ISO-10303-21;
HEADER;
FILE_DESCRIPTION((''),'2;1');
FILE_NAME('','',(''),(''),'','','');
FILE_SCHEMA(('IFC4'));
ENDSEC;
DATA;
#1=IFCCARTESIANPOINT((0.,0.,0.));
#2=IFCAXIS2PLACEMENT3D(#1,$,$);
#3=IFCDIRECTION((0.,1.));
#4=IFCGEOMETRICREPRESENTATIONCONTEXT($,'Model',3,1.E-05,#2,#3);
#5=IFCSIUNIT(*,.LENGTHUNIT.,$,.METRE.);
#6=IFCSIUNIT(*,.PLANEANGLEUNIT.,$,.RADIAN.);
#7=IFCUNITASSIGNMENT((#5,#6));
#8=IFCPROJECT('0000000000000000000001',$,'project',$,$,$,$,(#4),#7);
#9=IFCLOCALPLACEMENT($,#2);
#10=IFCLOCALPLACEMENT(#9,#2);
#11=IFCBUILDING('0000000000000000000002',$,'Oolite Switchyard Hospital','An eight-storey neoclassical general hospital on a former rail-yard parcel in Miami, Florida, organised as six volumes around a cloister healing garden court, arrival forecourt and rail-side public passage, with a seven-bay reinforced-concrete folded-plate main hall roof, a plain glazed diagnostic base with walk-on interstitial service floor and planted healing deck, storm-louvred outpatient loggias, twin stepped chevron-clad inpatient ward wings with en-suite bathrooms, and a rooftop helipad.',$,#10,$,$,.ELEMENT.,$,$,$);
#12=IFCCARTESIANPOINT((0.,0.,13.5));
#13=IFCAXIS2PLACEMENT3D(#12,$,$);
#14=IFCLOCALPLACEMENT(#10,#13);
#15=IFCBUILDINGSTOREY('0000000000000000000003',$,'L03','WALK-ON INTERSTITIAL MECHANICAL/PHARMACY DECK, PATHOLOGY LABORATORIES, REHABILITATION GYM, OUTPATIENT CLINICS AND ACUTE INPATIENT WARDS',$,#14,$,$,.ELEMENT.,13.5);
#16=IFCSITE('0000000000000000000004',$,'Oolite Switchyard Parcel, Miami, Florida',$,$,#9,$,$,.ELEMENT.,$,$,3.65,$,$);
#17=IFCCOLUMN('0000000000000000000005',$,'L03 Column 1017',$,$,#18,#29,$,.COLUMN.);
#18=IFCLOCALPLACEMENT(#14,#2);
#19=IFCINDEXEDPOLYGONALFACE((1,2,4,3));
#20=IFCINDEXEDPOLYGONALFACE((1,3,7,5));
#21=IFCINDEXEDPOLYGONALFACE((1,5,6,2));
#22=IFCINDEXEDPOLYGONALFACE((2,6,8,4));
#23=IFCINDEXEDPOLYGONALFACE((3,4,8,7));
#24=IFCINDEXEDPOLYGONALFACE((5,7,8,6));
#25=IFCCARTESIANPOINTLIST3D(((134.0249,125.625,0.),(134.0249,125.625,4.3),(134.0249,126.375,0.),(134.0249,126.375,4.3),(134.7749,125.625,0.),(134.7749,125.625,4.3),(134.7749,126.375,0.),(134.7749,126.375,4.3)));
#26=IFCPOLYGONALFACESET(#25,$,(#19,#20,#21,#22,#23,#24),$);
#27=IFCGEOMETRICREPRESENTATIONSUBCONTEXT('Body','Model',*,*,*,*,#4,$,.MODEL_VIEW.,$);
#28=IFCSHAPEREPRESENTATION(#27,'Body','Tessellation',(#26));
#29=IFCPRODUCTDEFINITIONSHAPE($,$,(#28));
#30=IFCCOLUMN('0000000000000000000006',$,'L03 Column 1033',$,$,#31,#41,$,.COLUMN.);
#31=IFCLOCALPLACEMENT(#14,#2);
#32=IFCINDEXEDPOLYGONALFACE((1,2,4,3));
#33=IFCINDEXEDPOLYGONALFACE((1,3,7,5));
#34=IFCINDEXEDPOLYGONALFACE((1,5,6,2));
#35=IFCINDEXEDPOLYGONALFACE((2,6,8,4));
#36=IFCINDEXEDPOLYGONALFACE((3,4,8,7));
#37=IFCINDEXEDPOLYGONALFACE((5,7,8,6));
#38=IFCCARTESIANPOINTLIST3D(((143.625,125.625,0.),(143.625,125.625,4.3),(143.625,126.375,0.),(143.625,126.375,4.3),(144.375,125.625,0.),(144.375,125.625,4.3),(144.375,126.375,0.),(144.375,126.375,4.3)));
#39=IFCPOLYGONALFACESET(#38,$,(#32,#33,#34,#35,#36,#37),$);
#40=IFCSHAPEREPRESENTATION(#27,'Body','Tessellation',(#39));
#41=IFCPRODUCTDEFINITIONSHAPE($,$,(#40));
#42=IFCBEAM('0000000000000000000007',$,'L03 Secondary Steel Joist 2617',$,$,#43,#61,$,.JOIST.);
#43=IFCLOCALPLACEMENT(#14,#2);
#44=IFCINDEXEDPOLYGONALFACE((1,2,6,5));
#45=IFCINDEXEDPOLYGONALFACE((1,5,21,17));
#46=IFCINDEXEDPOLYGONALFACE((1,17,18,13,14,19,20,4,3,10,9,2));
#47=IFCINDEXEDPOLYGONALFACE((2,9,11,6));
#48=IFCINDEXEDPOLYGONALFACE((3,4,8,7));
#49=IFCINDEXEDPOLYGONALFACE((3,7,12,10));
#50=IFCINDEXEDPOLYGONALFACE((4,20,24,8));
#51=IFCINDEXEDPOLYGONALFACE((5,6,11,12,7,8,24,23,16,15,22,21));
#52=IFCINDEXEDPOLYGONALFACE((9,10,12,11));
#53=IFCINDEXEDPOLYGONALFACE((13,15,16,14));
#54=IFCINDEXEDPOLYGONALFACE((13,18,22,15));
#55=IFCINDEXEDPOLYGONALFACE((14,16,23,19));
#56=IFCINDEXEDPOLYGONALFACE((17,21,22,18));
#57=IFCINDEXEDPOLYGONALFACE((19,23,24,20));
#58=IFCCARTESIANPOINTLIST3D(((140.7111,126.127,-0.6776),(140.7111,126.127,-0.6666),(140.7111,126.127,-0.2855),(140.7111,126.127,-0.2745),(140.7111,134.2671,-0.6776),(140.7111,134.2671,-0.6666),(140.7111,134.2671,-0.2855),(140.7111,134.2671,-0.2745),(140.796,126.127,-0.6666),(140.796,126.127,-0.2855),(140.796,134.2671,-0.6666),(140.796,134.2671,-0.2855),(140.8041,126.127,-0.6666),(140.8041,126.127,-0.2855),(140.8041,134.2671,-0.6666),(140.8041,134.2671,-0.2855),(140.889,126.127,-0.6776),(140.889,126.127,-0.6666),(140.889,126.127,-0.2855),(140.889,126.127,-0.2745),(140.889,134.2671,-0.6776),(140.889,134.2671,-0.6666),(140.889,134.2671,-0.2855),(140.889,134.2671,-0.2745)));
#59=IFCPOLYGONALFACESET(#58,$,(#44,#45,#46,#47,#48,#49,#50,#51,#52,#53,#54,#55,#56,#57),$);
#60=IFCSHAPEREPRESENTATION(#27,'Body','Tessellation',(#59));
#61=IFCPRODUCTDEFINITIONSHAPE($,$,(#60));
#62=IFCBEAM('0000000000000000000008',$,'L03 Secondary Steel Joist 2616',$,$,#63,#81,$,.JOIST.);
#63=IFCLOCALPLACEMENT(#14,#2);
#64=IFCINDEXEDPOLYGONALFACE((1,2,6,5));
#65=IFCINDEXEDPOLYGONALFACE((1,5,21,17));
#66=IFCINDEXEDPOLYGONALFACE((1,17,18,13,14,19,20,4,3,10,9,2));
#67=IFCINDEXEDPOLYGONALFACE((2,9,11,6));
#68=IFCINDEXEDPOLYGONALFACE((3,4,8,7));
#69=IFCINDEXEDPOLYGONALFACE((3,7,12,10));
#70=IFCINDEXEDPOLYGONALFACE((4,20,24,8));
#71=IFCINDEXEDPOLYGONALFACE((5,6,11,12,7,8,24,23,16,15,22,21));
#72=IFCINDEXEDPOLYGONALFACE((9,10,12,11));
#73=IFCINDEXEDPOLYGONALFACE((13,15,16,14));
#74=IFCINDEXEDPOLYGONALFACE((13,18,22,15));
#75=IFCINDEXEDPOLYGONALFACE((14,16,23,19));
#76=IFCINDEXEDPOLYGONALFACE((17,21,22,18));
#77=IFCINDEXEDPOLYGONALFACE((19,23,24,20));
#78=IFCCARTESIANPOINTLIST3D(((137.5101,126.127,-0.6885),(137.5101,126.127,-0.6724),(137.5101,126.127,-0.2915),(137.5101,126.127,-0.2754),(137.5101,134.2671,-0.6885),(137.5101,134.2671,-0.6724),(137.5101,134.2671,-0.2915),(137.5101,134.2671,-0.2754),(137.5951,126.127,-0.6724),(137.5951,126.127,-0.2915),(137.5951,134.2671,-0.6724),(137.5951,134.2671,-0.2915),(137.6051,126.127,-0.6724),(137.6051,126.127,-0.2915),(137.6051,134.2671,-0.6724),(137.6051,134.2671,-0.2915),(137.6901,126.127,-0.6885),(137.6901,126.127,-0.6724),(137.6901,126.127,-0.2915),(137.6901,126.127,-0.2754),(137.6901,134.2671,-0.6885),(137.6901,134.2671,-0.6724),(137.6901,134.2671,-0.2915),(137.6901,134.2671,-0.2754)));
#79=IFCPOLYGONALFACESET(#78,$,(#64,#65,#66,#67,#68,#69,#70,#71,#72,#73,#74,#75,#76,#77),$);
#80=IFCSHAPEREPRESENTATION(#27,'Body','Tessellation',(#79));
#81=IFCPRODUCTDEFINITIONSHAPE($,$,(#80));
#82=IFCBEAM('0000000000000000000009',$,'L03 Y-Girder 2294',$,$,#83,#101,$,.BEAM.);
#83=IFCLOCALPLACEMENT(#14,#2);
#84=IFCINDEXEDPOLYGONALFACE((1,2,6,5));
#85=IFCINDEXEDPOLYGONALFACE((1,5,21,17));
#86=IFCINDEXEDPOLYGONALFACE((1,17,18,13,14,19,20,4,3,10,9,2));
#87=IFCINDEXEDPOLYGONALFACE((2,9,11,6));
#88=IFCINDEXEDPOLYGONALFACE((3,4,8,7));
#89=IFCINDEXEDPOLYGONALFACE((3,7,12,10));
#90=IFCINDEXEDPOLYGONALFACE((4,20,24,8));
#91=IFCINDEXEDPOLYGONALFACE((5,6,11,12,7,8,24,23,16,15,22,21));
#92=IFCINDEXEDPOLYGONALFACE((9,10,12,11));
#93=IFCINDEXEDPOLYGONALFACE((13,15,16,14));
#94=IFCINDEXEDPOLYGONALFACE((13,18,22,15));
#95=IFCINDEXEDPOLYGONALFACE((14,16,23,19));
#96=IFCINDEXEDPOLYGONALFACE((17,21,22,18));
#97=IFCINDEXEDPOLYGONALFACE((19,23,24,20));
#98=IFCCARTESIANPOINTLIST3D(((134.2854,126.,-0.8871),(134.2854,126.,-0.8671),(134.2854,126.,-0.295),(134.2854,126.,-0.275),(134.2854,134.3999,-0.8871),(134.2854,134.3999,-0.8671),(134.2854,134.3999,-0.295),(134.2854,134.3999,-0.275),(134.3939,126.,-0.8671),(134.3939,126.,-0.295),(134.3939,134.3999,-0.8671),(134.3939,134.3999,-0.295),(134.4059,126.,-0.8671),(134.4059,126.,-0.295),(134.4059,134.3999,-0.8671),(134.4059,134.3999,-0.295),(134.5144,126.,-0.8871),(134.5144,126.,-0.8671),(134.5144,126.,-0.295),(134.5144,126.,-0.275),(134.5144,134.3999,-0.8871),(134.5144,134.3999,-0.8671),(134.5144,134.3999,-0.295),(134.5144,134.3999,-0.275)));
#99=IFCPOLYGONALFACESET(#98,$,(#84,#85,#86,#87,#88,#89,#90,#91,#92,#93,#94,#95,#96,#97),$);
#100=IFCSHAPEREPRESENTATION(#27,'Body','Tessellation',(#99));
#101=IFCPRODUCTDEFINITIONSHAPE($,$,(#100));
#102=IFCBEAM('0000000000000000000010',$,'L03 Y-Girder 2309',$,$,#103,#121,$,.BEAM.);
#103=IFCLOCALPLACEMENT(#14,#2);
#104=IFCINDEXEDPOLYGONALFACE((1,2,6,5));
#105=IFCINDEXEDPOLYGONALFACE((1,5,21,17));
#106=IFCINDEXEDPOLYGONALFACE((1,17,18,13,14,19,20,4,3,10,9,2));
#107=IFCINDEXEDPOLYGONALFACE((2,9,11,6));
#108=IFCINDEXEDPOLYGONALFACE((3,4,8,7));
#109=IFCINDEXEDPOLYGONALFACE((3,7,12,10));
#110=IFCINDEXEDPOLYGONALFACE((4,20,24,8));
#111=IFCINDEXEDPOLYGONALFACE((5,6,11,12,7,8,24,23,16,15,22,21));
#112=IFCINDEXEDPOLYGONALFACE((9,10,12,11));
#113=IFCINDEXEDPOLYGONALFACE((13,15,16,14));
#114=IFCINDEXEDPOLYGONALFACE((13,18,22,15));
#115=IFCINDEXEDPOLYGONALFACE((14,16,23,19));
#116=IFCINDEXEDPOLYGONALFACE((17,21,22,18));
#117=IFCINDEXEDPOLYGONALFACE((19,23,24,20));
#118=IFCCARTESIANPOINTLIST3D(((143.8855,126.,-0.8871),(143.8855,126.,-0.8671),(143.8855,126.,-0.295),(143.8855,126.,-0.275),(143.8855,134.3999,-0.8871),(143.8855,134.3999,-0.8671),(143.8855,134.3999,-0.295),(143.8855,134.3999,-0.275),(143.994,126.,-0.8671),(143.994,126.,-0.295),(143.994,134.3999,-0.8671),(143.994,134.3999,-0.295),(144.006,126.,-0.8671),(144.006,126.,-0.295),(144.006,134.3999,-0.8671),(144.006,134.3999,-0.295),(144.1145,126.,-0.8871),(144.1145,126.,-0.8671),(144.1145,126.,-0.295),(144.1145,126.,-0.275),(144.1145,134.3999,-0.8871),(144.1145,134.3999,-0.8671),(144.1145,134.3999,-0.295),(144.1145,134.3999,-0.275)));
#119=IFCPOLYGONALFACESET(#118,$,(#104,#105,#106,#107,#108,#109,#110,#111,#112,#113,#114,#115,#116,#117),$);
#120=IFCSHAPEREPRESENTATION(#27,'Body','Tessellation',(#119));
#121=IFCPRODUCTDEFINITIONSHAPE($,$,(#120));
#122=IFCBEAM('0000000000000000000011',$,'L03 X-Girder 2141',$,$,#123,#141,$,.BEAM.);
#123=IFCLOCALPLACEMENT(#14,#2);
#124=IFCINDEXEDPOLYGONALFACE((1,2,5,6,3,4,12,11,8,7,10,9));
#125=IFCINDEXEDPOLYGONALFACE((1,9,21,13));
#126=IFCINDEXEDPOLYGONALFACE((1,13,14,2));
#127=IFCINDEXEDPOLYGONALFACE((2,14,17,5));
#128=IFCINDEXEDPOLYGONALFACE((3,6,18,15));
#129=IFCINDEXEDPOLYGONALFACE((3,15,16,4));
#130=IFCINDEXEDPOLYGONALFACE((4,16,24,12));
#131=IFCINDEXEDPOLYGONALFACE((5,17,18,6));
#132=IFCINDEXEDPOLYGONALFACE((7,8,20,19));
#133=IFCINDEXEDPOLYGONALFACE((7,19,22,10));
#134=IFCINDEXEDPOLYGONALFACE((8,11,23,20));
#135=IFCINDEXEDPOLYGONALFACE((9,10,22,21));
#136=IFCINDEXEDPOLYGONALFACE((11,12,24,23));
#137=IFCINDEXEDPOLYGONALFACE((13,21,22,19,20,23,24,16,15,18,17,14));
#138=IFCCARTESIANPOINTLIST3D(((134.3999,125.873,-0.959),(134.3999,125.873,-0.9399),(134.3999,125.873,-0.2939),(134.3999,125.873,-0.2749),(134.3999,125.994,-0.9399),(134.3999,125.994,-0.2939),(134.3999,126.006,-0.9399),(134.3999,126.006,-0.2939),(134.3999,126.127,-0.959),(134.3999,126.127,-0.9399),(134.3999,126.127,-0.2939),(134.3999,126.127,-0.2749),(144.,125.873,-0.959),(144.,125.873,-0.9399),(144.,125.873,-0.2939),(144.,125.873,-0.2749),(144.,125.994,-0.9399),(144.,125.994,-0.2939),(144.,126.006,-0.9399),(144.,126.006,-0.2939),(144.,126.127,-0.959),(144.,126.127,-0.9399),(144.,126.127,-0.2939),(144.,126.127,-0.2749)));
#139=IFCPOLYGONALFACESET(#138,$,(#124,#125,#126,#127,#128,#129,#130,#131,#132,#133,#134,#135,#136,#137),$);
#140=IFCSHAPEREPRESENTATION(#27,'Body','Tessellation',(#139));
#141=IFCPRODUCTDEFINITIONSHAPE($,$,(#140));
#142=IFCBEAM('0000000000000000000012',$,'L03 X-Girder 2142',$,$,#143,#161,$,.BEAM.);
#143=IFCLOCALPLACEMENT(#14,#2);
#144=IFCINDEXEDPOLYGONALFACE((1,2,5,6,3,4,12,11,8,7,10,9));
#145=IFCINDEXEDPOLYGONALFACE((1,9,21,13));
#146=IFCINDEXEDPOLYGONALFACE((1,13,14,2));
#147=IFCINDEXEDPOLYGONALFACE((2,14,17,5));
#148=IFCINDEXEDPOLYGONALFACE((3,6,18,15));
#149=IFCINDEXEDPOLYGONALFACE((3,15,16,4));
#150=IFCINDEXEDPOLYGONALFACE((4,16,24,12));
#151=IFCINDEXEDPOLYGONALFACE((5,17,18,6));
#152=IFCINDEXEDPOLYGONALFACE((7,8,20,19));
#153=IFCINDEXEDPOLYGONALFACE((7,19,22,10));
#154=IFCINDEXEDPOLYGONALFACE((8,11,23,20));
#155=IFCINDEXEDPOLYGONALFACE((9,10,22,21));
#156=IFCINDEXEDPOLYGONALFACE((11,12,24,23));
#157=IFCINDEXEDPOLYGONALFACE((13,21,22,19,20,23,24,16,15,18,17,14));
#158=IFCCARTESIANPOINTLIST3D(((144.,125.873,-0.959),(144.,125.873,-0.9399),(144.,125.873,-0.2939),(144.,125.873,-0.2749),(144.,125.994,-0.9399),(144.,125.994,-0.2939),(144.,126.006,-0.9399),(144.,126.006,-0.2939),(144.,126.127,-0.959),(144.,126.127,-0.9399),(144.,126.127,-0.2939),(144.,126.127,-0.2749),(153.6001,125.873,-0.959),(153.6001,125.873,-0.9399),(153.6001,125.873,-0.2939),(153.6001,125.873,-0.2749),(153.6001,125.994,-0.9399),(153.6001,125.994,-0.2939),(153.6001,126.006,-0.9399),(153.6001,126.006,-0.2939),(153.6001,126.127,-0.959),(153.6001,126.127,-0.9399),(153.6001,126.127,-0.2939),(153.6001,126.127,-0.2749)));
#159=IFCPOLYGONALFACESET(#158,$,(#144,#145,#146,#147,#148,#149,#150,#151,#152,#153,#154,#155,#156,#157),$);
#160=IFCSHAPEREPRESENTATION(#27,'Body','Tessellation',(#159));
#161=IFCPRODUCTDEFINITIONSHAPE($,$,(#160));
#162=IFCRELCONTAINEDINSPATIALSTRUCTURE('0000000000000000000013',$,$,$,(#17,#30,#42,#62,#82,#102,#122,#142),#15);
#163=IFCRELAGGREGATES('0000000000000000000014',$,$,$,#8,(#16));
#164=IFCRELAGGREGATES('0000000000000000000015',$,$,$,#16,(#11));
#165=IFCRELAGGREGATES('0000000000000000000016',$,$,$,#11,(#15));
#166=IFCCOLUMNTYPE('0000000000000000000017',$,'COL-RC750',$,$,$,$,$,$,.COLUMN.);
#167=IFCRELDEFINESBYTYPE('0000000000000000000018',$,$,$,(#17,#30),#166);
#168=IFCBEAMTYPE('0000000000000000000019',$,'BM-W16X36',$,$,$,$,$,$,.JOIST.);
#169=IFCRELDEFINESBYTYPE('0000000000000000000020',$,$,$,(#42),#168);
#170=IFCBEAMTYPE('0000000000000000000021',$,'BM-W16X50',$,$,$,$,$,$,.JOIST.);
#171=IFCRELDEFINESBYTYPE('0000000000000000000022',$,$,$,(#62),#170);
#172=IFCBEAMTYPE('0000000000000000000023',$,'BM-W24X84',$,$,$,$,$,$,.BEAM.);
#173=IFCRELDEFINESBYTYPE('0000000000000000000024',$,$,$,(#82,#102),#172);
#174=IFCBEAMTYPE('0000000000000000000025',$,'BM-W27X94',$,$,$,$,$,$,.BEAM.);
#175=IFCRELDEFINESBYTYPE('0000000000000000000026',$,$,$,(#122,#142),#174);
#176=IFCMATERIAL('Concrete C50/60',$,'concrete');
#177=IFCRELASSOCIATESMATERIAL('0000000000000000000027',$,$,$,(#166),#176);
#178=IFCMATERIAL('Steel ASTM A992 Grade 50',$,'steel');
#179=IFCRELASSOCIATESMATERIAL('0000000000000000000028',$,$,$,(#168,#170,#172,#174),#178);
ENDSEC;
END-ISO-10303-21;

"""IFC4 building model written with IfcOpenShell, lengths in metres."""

from ifc_helpers import new_model, si_unit, direction, frame, origin, origin_2d, place, context, subcontext, project, spatial, rectangle, i_section, extrude, material, material_profile, profile_set, type_object, element, save


model = new_model("IFC4")

# Units and contexts
model_context = context("Model", 3, precision=1e-05, world=origin(), true_north=direction((0.0, 1.0)))
body_context = subcontext(model_context, "Body", "Model", "MODEL_VIEW")
ifc_project = project(units=[si_unit("LENGTHUNIT", "METRE"), si_unit("PLANEANGLEUNIT", "RADIAN")], contexts=[model_context])

# Site, building, storey
site_placement = place(None, origin())
site = spatial("IfcSite", under=ifc_project, at=site_placement, Name="Oolite Switchyard Parcel, Miami, Florida", CompositionType="ELEMENT", RefElevation=3.65)
building_placement = place(site_placement, origin())
building = spatial("IfcBuilding", under=site, at=building_placement, Name="Oolite Switchyard Hospital", Description="An eight-storey neoclassical general hospital on a former rail-yard parcel in Miami, Florida, organised as six volumes around a cloister healing garden court, arrival forecourt and rail-side public passage, with a seven-bay reinforced-concrete folded-plate main hall roof, a plain glazed diagnostic base with walk-on interstitial service floor and planted healing deck, storm-louvred outpatient loggias, twin stepped chevron-clad inpatient ward wings with en-suite bathrooms, and a rooftop helipad.", CompositionType="ELEMENT")
storey_placement = place(building_placement, frame((0.0, 0.0, 13.5)))
storey = spatial("IfcBuildingStorey", under=building, at=storey_placement, Name="L03", Description="WALK-ON INTERSTITIAL MECHANICAL/PHARMACY DECK, PATHOLOGY LABORATORIES, REHABILITATION GYM, OUTPATIENT CLINICS AND ACUTE INPATIENT WARDS", CompositionType="ELEMENT", Elevation=13.5)

# Columns
ifc_material_1 = material(Name="Concrete C50/60", Category="concrete")
ifc_material_profile_1 = material_profile(ifc_material_1, rectangle(XDim=0.75, YDim=0.75, at=origin_2d()), Name="RC750X750")
ifc_profile_set_1 = profile_set([ifc_material_profile_1], Name="Concrete C50/60")
column_type = type_object("IfcColumnType", Name="COL-RC750", PredefinedType="COLUMN", material=ifc_profile_set_1)
for number, where, z_axis, x_axis, name in (
    (1, (134.3999, 126.0, 0.0), (0.0, 0.0, 1.0), (1.0, 0.0, 0.0), "L03 Column 1017"),
    (2, (144.0, 126.0, 0.0), (0.0, 0.0, 1.0), (1.0, 0.0, 0.0), "L03 Column 1033"),
):
    element("IfcColumn", number, at=place(storey_placement, frame(where, z_axis=z_axis, x_axis=x_axis)), inside=storey, type_object=column_type, Name=name, PredefinedType="COLUMN", context=body_context, shape_type="SweptSolid", body=[
        extrude(rectangle(XDim=0.75, YDim=0.75, at=origin_2d()), origin(), (0.0, 0.0, 1.0), 4.3),
    ])

# Beams
ifc_material_2 = material(Name="Steel ASTM A992 Grade 50", Category="steel")
ifc_material_profile_2 = material_profile(ifc_material_2, i_section(OverallWidth=0.178, OverallDepth=0.4031, WebThickness=0.0081, FlangeThickness=0.011, at=origin_2d()), Name="W16X36")
ifc_profile_set_2 = profile_set([ifc_material_profile_2], Name="Steel ASTM A992 Grade 50")
beam_type_1 = type_object("IfcBeamType", Name="BM-W16X36", PredefinedType="JOIST", material=ifc_profile_set_2)
beam_1_placement = place(storey_placement, frame((140.8, 126.127, -0.4761), z_axis=(0.0, 1.0, 0.0), x_axis=(-1.0, 0.0, 0.0)))
element("IfcBeam", 3, at=beam_1_placement, inside=storey, type_object=beam_type_1, Name="L03 Secondary Steel Joist 2617", PredefinedType="JOIST", context=body_context, shape_type="SweptSolid", body=[
    extrude(i_section(OverallWidth=0.178, OverallDepth=0.4031, WebThickness=0.0081, FlangeThickness=0.011, at=origin_2d()), origin(), (0.0, 0.0, 1.0), 8.1401),
])
ifc_material_profile_3 = material_profile(ifc_material_2, i_section(OverallWidth=0.1799, OverallDepth=0.4131, WebThickness=0.01, FlangeThickness=0.0161, at=origin_2d()), Name="W16X50")
ifc_profile_set_3 = profile_set([ifc_material_profile_3], Name="Steel ASTM A992 Grade 50")
beam_type_2 = type_object("IfcBeamType", Name="BM-W16X50", PredefinedType="JOIST", material=ifc_profile_set_3)
beam_2_placement = place(storey_placement, frame((137.6001, 126.127, -0.4819), z_axis=(0.0, 1.0, 0.0), x_axis=(-1.0, 0.0, 0.0)))
element("IfcBeam", 4, at=beam_2_placement, inside=storey, type_object=beam_type_2, Name="L03 Secondary Steel Joist 2616", PredefinedType="JOIST", context=body_context, shape_type="SweptSolid", body=[
    extrude(i_section(OverallWidth=0.1799, OverallDepth=0.4131, WebThickness=0.01, FlangeThickness=0.0161, at=origin_2d()), origin(), (0.0, 0.0, 1.0), 8.1401),
])
ifc_material_profile_4 = material_profile(ifc_material_2, i_section(OverallWidth=0.229, OverallDepth=0.6121, WebThickness=0.012, FlangeThickness=0.02, at=origin_2d()), Name="W24X84")
ifc_profile_set_4 = profile_set([ifc_material_profile_4], Name="Steel ASTM A992 Grade 50")
beam_type_3 = type_object("IfcBeamType", Name="BM-W24X84", PredefinedType="BEAM", material=ifc_profile_set_4)
for number, where, z_axis, x_axis, name in (
    (5, (134.3999, 126.0, -0.5811), (0.0, 1.0, 0.0), (-1.0, 0.0, 0.0), "L03 Y-Girder 2294"),
    (6, (144.0, 126.0, -0.5811), (0.0, 1.0, 0.0), (-1.0, 0.0, 0.0), "L03 Y-Girder 2309"),
):
    element("IfcBeam", number, at=place(storey_placement, frame(where, z_axis=z_axis, x_axis=x_axis)), inside=storey, type_object=beam_type_3, Name=name, PredefinedType="BEAM", context=body_context, shape_type="SweptSolid", body=[
        extrude(i_section(OverallWidth=0.229, OverallDepth=0.6121, WebThickness=0.012, FlangeThickness=0.02, at=origin_2d()), origin(), (0.0, 0.0, 1.0), 8.3999),
    ])
ifc_material_profile_5 = material_profile(ifc_material_2, i_section(OverallWidth=0.2539, OverallDepth=0.6841, WebThickness=0.012, FlangeThickness=0.019, at=origin_2d()), Name="W27X94")
ifc_profile_set_5 = profile_set([ifc_material_profile_5], Name="Steel ASTM A992 Grade 50")
beam_type_4 = type_object("IfcBeamType", Name="BM-W27X94", PredefinedType="BEAM", material=ifc_profile_set_5)
for number, where, z_axis, x_axis, name in (
    (7, (134.3999, 126.0, -0.6169), (1.0, 0.0, 0.0), (0.0, 1.0, 0.0), "L03 X-Girder 2141"),
    (8, (144.0, 126.0, -0.6169), (1.0, 0.0, 0.0), (0.0, 1.0, 0.0), "L03 X-Girder 2142"),
):
    element("IfcBeam", number, at=place(storey_placement, frame(where, z_axis=z_axis, x_axis=x_axis)), inside=storey, type_object=beam_type_4, Name=name, PredefinedType="BEAM", context=body_context, shape_type="SweptSolid", body=[
        extrude(i_section(OverallWidth=0.2539, OverallDepth=0.6841, WebThickness=0.012, FlangeThickness=0.019, at=origin_2d()), origin(), (0.0, 0.0, 1.0), 9.6001),
    ])

save(model, "model.ifc")
